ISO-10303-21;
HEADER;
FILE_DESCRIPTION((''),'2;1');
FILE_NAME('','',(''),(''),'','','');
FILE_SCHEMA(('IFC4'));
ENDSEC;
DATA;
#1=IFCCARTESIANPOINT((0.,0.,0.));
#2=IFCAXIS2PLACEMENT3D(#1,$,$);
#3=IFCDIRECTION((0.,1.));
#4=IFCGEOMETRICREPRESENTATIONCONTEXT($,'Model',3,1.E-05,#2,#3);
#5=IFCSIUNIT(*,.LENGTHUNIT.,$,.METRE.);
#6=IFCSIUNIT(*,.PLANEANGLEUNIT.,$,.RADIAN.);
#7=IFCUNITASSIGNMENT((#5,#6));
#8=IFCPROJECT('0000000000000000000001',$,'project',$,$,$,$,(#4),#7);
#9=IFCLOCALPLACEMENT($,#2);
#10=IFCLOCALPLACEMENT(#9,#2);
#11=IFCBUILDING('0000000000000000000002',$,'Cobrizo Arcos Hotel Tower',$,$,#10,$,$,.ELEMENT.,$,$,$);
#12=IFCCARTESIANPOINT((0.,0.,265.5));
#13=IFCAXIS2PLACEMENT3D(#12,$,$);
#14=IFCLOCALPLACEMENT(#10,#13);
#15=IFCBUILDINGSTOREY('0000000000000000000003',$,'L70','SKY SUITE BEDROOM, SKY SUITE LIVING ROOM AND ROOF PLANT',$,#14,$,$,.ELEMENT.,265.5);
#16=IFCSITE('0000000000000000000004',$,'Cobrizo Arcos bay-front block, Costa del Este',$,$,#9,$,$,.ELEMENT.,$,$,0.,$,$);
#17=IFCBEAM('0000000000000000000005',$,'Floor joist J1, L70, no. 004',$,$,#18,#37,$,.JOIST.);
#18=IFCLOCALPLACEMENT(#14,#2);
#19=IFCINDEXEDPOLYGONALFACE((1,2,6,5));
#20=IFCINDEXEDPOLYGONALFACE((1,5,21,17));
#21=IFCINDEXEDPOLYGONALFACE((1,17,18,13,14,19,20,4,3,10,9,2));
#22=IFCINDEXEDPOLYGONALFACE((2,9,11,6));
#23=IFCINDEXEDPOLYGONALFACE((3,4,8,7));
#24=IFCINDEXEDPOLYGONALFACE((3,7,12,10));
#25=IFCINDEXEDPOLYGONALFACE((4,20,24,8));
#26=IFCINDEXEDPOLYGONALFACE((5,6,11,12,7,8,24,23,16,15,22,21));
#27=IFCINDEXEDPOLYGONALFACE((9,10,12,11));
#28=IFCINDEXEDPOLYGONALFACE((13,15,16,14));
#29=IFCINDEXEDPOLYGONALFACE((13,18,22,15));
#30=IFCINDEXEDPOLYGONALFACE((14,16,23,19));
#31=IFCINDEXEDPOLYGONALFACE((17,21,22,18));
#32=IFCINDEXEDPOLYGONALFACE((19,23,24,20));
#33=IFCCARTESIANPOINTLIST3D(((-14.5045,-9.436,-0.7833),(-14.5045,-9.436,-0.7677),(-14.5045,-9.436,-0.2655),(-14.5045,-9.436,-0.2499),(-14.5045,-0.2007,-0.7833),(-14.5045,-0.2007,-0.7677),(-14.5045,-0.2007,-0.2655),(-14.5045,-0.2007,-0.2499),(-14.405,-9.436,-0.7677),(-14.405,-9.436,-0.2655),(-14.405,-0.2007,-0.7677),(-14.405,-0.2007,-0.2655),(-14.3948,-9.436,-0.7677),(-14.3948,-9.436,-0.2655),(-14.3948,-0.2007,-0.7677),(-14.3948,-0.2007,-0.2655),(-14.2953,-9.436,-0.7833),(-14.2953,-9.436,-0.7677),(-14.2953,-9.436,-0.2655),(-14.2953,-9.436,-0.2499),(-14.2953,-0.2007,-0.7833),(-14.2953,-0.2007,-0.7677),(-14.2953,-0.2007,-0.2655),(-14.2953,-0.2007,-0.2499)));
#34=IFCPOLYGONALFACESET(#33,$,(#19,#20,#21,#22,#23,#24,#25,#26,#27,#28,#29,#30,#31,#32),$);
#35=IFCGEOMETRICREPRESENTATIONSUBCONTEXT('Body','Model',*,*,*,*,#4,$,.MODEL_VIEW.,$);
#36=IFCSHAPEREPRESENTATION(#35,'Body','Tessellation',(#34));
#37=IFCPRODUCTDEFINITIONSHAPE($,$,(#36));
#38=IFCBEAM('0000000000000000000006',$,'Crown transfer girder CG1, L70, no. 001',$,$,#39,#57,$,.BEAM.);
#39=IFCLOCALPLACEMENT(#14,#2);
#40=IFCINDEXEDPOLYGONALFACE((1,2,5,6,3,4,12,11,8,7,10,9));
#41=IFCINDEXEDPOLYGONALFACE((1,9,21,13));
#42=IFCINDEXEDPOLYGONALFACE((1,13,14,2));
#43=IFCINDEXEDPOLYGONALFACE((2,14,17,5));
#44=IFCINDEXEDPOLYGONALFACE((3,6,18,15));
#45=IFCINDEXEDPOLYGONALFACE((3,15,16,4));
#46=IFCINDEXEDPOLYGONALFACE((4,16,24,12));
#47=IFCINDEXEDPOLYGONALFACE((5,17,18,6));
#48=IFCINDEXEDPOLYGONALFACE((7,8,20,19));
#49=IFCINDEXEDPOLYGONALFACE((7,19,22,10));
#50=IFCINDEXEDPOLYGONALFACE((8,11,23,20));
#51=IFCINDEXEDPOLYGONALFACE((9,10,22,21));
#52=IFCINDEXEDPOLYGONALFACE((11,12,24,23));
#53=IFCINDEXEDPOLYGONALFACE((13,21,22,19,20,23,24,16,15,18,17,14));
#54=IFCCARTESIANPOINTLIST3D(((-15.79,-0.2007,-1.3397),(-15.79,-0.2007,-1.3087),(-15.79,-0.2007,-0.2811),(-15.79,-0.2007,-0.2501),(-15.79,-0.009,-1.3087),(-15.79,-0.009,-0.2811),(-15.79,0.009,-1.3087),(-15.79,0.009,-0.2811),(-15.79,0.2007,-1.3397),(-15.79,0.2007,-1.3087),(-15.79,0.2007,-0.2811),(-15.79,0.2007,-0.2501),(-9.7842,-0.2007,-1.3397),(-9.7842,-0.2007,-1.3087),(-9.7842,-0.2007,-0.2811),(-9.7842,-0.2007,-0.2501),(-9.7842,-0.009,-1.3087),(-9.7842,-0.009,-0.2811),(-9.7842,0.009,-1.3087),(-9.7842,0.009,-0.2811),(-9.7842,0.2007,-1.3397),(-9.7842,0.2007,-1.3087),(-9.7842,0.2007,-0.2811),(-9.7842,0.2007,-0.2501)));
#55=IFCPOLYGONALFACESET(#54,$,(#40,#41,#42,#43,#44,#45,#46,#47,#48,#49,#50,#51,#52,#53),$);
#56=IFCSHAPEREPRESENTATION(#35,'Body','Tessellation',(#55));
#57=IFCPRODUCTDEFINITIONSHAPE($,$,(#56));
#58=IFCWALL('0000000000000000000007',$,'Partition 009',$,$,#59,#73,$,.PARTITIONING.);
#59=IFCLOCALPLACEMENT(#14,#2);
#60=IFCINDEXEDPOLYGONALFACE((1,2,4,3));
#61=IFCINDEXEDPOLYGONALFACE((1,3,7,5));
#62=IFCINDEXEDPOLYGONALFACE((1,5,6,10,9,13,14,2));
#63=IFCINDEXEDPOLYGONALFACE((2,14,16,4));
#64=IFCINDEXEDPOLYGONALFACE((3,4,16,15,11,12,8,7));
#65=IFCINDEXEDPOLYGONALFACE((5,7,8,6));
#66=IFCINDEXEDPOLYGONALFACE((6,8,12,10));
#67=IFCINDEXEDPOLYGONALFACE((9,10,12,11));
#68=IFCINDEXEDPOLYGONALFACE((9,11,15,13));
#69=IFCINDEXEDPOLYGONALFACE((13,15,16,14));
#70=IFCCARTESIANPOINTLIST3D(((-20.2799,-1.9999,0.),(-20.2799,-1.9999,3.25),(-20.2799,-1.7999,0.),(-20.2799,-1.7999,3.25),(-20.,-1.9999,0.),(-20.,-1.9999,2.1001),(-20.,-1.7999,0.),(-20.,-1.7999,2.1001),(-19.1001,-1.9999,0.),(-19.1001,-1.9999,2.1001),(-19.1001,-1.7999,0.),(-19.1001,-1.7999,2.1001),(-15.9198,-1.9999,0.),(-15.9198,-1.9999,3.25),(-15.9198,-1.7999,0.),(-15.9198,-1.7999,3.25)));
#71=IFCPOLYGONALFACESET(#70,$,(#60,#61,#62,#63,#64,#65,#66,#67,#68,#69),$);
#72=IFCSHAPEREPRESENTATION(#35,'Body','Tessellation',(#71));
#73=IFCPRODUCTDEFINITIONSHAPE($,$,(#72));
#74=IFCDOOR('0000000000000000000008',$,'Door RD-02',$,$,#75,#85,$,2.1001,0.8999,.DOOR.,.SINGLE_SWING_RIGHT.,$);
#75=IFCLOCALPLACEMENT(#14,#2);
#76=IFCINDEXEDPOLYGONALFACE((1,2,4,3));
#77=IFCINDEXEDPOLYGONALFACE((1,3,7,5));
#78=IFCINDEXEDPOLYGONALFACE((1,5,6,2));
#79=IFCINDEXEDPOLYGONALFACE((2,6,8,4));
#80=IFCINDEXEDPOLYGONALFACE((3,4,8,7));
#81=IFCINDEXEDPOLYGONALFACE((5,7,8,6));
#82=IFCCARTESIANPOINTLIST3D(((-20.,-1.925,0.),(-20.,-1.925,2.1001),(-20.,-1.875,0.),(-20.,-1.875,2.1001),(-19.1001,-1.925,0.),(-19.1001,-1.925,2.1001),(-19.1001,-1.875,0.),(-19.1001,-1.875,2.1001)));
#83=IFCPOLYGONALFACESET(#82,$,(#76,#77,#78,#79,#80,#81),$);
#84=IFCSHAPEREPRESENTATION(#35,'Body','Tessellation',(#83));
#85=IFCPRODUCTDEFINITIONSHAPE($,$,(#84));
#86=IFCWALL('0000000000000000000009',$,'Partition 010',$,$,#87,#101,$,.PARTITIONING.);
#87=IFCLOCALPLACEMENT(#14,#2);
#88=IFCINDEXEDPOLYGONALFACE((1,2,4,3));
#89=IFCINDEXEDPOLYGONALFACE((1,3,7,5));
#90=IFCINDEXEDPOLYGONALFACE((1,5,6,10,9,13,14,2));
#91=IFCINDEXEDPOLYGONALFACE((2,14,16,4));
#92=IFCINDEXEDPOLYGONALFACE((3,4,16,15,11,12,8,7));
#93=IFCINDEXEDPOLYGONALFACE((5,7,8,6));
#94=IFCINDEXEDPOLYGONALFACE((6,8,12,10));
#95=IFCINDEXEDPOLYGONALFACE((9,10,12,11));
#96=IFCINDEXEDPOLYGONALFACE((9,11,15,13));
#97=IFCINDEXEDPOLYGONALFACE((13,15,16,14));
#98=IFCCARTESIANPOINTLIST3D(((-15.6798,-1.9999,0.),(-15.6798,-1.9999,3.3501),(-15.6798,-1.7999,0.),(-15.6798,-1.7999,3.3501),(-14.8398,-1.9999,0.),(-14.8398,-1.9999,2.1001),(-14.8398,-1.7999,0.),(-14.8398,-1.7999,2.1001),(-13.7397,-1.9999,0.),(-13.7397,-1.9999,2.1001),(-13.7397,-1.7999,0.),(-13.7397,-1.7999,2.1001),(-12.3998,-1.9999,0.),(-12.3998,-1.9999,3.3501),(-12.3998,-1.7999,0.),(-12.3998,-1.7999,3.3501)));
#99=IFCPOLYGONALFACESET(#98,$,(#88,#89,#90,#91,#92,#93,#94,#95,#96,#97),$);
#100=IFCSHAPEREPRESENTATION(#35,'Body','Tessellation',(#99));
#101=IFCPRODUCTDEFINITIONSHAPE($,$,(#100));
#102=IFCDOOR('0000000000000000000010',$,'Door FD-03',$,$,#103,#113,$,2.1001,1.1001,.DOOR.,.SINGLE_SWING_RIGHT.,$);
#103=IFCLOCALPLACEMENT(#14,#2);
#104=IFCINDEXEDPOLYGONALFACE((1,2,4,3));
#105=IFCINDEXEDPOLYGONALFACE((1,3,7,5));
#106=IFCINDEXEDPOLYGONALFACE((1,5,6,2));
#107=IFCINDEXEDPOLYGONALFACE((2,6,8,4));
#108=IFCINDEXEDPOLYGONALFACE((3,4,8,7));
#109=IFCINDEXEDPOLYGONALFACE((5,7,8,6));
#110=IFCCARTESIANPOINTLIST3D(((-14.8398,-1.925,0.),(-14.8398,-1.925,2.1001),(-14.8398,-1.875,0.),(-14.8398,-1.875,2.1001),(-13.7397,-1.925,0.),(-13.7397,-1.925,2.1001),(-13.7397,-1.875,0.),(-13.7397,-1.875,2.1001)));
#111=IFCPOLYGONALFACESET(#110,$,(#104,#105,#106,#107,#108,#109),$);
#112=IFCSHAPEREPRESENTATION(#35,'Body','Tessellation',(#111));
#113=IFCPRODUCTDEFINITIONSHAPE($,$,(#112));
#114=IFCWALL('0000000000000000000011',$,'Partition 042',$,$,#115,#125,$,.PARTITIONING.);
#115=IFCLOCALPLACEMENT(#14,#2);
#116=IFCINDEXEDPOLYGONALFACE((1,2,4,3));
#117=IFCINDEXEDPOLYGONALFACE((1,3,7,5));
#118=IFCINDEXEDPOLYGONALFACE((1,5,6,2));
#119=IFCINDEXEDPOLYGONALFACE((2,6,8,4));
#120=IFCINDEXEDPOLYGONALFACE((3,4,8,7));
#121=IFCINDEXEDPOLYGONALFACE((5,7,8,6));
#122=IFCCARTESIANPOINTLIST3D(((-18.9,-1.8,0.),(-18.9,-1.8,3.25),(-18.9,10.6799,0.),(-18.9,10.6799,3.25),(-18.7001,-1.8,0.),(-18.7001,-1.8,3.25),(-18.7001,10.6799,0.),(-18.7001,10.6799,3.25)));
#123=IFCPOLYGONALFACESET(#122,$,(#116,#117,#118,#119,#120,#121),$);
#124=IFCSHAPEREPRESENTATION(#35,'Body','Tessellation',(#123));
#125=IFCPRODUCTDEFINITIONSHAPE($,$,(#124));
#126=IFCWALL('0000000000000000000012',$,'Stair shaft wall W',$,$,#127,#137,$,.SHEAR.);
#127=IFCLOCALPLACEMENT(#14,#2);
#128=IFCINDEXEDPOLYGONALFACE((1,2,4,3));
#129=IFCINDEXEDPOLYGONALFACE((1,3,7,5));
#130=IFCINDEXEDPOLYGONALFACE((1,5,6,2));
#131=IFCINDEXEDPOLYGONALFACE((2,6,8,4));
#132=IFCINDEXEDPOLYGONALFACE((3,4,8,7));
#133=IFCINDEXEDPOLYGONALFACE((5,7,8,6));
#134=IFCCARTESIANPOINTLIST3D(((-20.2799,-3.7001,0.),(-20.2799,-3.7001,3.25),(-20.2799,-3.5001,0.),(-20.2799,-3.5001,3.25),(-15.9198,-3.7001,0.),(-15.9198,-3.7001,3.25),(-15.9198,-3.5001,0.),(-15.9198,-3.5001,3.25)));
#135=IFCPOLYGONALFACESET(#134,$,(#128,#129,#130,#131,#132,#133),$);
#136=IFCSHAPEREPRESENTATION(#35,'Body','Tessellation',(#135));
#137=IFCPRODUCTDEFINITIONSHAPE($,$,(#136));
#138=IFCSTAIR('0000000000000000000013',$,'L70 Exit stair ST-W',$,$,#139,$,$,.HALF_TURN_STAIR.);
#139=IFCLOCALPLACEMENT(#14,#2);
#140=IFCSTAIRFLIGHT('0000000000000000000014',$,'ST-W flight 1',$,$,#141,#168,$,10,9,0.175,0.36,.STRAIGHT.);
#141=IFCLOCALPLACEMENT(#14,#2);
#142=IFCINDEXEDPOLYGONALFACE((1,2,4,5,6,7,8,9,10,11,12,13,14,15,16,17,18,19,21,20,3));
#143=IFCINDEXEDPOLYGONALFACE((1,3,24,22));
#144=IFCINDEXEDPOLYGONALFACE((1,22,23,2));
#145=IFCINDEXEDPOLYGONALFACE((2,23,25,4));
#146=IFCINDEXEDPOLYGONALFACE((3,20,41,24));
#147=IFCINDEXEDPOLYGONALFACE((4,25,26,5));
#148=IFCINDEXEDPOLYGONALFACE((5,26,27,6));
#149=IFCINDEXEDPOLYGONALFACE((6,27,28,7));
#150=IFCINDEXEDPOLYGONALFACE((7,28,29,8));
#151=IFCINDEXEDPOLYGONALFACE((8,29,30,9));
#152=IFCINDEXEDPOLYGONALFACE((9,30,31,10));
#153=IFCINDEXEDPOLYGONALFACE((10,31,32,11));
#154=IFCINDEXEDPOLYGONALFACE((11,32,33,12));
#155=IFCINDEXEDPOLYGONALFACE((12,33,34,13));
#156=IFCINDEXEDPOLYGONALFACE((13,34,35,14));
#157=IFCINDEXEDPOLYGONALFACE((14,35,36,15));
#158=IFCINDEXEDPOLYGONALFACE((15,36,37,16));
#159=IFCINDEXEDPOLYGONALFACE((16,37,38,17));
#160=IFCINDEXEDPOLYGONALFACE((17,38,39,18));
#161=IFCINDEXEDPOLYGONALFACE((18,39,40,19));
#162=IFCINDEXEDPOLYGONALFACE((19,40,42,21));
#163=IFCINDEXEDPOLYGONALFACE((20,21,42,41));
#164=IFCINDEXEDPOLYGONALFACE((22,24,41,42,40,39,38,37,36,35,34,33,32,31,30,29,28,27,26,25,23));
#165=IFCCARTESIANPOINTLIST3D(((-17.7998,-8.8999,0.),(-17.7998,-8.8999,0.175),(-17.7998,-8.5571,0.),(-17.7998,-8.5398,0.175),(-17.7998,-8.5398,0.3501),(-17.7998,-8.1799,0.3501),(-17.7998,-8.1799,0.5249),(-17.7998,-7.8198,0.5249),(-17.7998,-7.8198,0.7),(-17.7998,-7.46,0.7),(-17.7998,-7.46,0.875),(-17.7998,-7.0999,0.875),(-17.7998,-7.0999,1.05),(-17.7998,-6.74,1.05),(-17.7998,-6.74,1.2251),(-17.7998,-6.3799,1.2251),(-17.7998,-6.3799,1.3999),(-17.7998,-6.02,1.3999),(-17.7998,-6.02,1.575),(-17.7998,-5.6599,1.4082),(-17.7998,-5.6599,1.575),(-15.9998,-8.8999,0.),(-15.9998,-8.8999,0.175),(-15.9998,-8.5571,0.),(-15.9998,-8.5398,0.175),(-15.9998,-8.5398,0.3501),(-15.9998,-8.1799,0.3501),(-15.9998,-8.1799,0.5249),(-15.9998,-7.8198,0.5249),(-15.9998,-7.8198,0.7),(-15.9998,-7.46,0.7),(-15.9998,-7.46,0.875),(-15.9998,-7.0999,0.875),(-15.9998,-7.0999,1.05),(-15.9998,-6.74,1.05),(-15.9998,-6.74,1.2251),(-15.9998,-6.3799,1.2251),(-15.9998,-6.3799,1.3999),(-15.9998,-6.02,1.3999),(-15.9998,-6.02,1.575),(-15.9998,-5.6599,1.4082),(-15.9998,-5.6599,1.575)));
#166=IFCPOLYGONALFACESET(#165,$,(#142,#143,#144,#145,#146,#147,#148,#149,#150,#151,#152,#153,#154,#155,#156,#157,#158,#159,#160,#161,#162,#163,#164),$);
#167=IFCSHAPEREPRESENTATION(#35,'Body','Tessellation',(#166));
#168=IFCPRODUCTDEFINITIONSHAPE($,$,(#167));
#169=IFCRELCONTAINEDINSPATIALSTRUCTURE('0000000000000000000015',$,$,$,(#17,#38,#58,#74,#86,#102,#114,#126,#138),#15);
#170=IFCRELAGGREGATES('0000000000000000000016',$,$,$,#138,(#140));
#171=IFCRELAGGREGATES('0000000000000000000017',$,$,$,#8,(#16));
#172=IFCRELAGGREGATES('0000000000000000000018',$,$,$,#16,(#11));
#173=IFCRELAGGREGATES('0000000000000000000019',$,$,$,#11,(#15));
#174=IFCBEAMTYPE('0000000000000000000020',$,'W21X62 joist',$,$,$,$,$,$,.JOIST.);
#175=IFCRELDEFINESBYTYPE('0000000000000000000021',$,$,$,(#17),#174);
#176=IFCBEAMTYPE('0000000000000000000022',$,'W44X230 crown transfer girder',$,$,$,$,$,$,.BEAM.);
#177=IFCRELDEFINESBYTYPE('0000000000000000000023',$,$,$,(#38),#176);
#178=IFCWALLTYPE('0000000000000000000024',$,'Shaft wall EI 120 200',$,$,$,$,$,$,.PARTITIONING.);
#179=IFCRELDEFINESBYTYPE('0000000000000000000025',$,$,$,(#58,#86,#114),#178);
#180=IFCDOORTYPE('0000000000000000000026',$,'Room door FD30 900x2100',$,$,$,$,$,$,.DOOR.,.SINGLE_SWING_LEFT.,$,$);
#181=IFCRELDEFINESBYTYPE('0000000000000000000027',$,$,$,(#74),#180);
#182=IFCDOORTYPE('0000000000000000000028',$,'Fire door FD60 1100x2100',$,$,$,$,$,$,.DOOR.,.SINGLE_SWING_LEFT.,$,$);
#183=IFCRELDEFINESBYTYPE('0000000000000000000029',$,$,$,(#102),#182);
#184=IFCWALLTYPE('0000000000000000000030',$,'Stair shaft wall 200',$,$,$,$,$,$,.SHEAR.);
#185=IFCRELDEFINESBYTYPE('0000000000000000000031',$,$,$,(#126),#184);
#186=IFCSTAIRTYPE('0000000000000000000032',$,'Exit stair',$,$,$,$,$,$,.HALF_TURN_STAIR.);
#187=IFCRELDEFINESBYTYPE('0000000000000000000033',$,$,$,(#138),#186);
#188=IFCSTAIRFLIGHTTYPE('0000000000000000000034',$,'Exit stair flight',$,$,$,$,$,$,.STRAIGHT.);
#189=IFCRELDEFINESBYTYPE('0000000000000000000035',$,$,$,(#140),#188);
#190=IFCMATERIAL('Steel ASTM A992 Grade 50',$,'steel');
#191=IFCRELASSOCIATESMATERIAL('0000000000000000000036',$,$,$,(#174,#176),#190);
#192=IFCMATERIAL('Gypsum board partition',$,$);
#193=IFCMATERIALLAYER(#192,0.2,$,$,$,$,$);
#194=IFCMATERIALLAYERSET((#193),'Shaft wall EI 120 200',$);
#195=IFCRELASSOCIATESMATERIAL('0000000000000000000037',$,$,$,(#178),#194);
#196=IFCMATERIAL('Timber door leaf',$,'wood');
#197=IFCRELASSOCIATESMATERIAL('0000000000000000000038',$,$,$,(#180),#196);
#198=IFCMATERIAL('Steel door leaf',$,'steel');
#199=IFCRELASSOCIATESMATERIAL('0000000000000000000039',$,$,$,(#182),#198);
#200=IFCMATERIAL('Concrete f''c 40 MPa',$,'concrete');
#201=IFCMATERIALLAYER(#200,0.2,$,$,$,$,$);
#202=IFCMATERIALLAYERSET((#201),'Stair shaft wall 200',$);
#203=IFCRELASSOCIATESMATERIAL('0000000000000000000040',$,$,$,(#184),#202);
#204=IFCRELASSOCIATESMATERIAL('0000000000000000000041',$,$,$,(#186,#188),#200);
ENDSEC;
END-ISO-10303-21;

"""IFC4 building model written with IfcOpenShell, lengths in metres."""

from ifc_helpers import new_model, si_unit, direction, frame, frame_2d, origin, origin_2d, place, context, subcontext, project, spatial, polyline, rectangle, i_section, outline, extrude, material, layer, layer_set, material_profile, profile_set, type_object, element, fill, aggregate, save


model = new_model("IFC4")

# Units and contexts
model_context = context("Model", 3, precision=1e-05, world=origin(), true_north=direction((0.0, 1.0)))
body_context = subcontext(model_context, "Body", "Model", "MODEL_VIEW")
ifc_project = project(units=[si_unit("LENGTHUNIT", "METRE"), si_unit("PLANEANGLEUNIT", "RADIAN")], contexts=[model_context])

# Site, building, storey
site_placement = place(None, origin())
site = spatial("IfcSite", under=ifc_project, at=site_placement, Name="Cobrizo Arcos bay-front block, Costa del Este", CompositionType="ELEMENT", RefElevation=0.0)
building_placement = place(site_placement, origin())
building = spatial("IfcBuilding", under=site, at=building_placement, Name="Cobrizo Arcos Hotel Tower", CompositionType="ELEMENT")
storey_placement = place(building_placement, frame((0.0, 0.0, 265.5)))
storey = spatial("IfcBuildingStorey", under=building, at=storey_placement, Name="L70", Description="SKY SUITE BEDROOM, SKY SUITE LIVING ROOM AND ROOF PLANT", CompositionType="ELEMENT", Elevation=265.5)

# Beams
ifc_material_1 = material(Name="Steel ASTM A992 Grade 50", Category="steel")
ifc_material_profile_1 = material_profile(ifc_material_1, i_section(OverallWidth=0.2092, OverallDepth=0.5334, WebThickness=0.0103, FlangeThickness=0.0156, at=origin_2d()), Name="W21X62")
ifc_profile_set_1 = profile_set([ifc_material_profile_1], Name="Steel ASTM A992 Grade 50")
beam_type_1 = type_object("IfcBeamType", Name="W21X62 joist", PredefinedType="JOIST", material=ifc_profile_set_1)
beam_1_placement = place(storey_placement, frame((-14.3999, -9.436, -0.5166), z_axis=(0.0, 1.0, 0.0), x_axis=(-1.0, 0.0, 0.0)))
element("IfcBeam", 1, at=beam_1_placement, inside=storey, type_object=beam_type_1, Name="Floor joist J1, L70, no. 004", PredefinedType="JOIST", context=body_context, shape_type="SweptSolid", body=[
    extrude(i_section(OverallWidth=0.2092, OverallDepth=0.5334, WebThickness=0.0103, FlangeThickness=0.0156, at=origin_2d()), origin(), (0.0, 0.0, 1.0), 9.2354),
])
ifc_material_profile_2 = material_profile(ifc_material_1, i_section(OverallWidth=0.4014, OverallDepth=1.0896, WebThickness=0.0181, FlangeThickness=0.031, at=origin_2d()), Name="W44X230")
ifc_profile_set_2 = profile_set([ifc_material_profile_2], Name="Steel ASTM A992 Grade 50")
beam_type_2 = type_object("IfcBeamType", Name="W44X230 crown transfer girder", PredefinedType="BEAM", material=ifc_profile_set_2)
beam_2_placement = place(storey_placement, frame((-15.79, 0.0, -0.7949), z_axis=(1.0, 0.0, 0.0), x_axis=(0.0, 1.0, 0.0)))
element("IfcBeam", 2, at=beam_2_placement, inside=storey, type_object=beam_type_2, Name="Crown transfer girder CG1, L70, no. 001", PredefinedType="BEAM", context=body_context, shape_type="SweptSolid", body=[
    extrude(i_section(OverallWidth=0.4014, OverallDepth=1.0896, WebThickness=0.0181, FlangeThickness=0.031, at=origin_2d()), origin(), (0.0, 0.0, 1.0), 6.0059),
])

# Walls, openings, doors
ifc_material_2 = material(Name="Gypsum board partition")
ifc_layer_1 = layer(ifc_material_2, 0.2)
ifc_layer_set_1 = layer_set([ifc_layer_1], Name="Shaft wall EI 120 200")
wall_type_1 = type_object("IfcWallType", Name="Shaft wall EI 120 200", PredefinedType="PARTITIONING", material=ifc_layer_set_1)
wall_1_placement = place(storey_placement, frame((-20.28, -1.8999, 0.0), z_axis=(0.0, 0.0, 1.0), x_axis=(1.0, 0.0, 0.0)))
wall_1 = element("IfcWall", 3, at=wall_1_placement, inside=storey, type_object=wall_type_1, Name="Partition 009", PredefinedType="PARTITIONING", context=body_context, shape_type="SweptSolid", body=[
    extrude(rectangle(XDim=4.3601, YDim=0.2, at=frame_2d((2.1802, 0.0))), origin(), (0.0, 0.0, 1.0), 3.25),
])
opening_1_placement = place(wall_1_placement, frame((0.28, 0.0, 0.0)))
opening_1 = element("IfcOpeningElement", 4, at=opening_1_placement, cuts=wall_1, PredefinedType="OPENING", context=body_context, shape_type="SweptSolid", body=[
    extrude(rectangle(XDim=0.8999, YDim=2.1001, at=frame_2d((0.45, 1.05))), frame((0.0, 0.1121, 0.0), z_axis=(0.0, -1.0, 0.0), x_axis=(1.0, 0.0, 0.0)), (0.0, 0.0, 1.0), 0.2239),
])
ifc_material_3 = material(Name="Timber door leaf", Category="wood")
door_type_1 = type_object("IfcDoorType", Name="Room door FD30 900x2100", OperationType="SINGLE_SWING_LEFT", PredefinedType="DOOR", material=ifc_material_3)
door_1_placement = place(opening_1_placement, origin())
door_1 = element("IfcDoor", 5, at=door_1_placement, inside=storey, type_object=door_type_1, Name="Door RD-02", OperationType="SINGLE_SWING_RIGHT", OverallHeight=2.1001, OverallWidth=0.8999, PredefinedType="DOOR", context=body_context, shape_type="SweptSolid", body=[
    extrude(rectangle(XDim=0.8999, YDim=2.1001, at=frame_2d((0.45, 1.05))), frame((0.0, 0.0249, 0.0), z_axis=(0.0, -1.0, 0.0), x_axis=(1.0, 0.0, 0.0)), (0.0, 0.0, 1.0), 0.05),
])
fill(opening_1, door_1)
wall_2_placement = place(storey_placement, frame((-15.6799, -1.8999, 0.0), z_axis=(0.0, 0.0, 1.0), x_axis=(1.0, 0.0, 0.0)))
wall_2 = element("IfcWall", 6, at=wall_2_placement, inside=storey, type_object=wall_type_1, Name="Partition 010", PredefinedType="PARTITIONING", context=body_context, shape_type="SweptSolid", body=[
    extrude(rectangle(XDim=3.28, YDim=0.2, at=frame_2d((1.6401, 0.0))), origin(), (0.0, 0.0, 1.0), 3.3501),
])
opening_2_placement = place(wall_2_placement, frame((0.8401, 0.0, 0.0)))
opening_2 = element("IfcOpeningElement", 7, at=opening_2_placement, cuts=wall_2, PredefinedType="OPENING", context=body_context, shape_type="SweptSolid", body=[
    extrude(rectangle(XDim=1.1001, YDim=2.1001, at=frame_2d((0.55, 1.05))), frame((0.0, 0.1121, 0.0), z_axis=(0.0, -1.0, 0.0), x_axis=(1.0, 0.0, 0.0)), (0.0, 0.0, 1.0), 0.2239),
])
ifc_material_4 = material(Name="Steel door leaf", Category="steel")
door_type_2 = type_object("IfcDoorType", Name="Fire door FD60 1100x2100", OperationType="SINGLE_SWING_LEFT", PredefinedType="DOOR", material=ifc_material_4)
door_2_placement = place(opening_2_placement, origin())
door_2 = element("IfcDoor", 8, at=door_2_placement, inside=storey, type_object=door_type_2, Name="Door FD-03", OperationType="SINGLE_SWING_RIGHT", OverallHeight=2.1001, OverallWidth=1.1001, PredefinedType="DOOR", context=body_context, shape_type="SweptSolid", body=[
    extrude(rectangle(XDim=1.1001, YDim=2.1001, at=frame_2d((0.55, 1.05))), frame((0.0, 0.0249, 0.0), z_axis=(0.0, -1.0, 0.0), x_axis=(1.0, 0.0, 0.0)), (0.0, 0.0, 1.0), 0.05),
])
fill(opening_2, door_2)

# Walls
wall_3_placement = place(storey_placement, frame((-18.8, -1.8, 0.0), z_axis=(0.0, 0.0, 1.0), x_axis=(0.0, 1.0, 0.0)))
element("IfcWall", 9, at=wall_3_placement, inside=storey, type_object=wall_type_1, Name="Partition 042", PredefinedType="PARTITIONING", context=body_context, shape_type="SweptSolid", body=[
    extrude(rectangle(XDim=12.48, YDim=0.2, at=frame_2d((6.24, 0.0))), origin(), (0.0, 0.0, 1.0), 3.25),
])
ifc_material_5 = material(Name="Concrete f'c 40 MPa", Category="concrete")
ifc_layer_2 = layer(ifc_material_5, 0.2)
ifc_layer_set_2 = layer_set([ifc_layer_2], Name="Stair shaft wall 200")
wall_type_2 = type_object("IfcWallType", Name="Stair shaft wall 200", PredefinedType="SHEAR", material=ifc_layer_set_2)
wall_4_placement = place(storey_placement, frame((-20.28, -3.6001, 0.0), z_axis=(0.0, 0.0, 1.0), x_axis=(1.0, 0.0, 0.0)))
element("IfcWall", 10, at=wall_4_placement, inside=storey, type_object=wall_type_2, Name="Stair shaft wall W", PredefinedType="SHEAR", context=body_context, shape_type="SweptSolid", body=[
    extrude(rectangle(XDim=4.3601, YDim=0.2, at=frame_2d((2.1802, 0.0))), origin(), (0.0, 0.0, 1.0), 3.25),
])

# Stair, stair flight
stair_type = type_object("IfcStairType", Name="Exit stair", PredefinedType="HALF_TURN_STAIR", material=ifc_material_5)
stair_placement = place(storey_placement, origin())
stair = element("IfcStair", 11, at=stair_placement, inside=storey, type_object=stair_type, Name="L70 Exit stair ST-W", PredefinedType="HALF_TURN_STAIR")
stair_flight_type = type_object("IfcStairFlightType", Name="Exit stair flight", PredefinedType="STRAIGHT", material=ifc_material_5)
stair_flight_placement = place(storey_placement, frame((-16.8999, -8.8999, 0.0), z_axis=(0.0, 0.0, 1.0), x_axis=(0.0, 1.0, 0.0)))
stair_flight = element("IfcStairFlight", 12, at=stair_flight_placement, type_object=stair_flight_type, Name="ST-W flight 1", NumberOfRisers=10, NumberOfTreads=9, PredefinedType="STRAIGHT", RiserHeight=0.175, TreadLength=0.36, context=body_context, shape_type="SweptSolid", body=[
    extrude(outline(polyline([(0.0, 0.0), (0.0, 0.175), (0.3601, 0.175), (0.3601, 0.3501), (0.72, 0.3501), (0.72, 0.5249), (1.0801, 0.5249), (1.0801, 0.7), (1.4399, 0.7), (1.4399, 0.875), (1.8, 0.875), (1.8, 1.05), (2.1599, 1.05), (2.1599, 1.2251), (2.52, 1.2251), (2.52, 1.3999), (2.8799, 1.3999), (2.8799, 1.575), (3.24, 1.575), (3.24, 1.75), (3.24, 1.4082), (0.3428, 0.0), (0.0, 0.0)])), frame((0.0, 0.8999, 0.0), z_axis=(0.0, -1.0, 0.0), x_axis=(1.0, 0.0, 0.0)), (0.0, 0.0, 1.0), 1.8),
])
aggregate(stair, [stair_flight])

save(model, "model.ifc")
